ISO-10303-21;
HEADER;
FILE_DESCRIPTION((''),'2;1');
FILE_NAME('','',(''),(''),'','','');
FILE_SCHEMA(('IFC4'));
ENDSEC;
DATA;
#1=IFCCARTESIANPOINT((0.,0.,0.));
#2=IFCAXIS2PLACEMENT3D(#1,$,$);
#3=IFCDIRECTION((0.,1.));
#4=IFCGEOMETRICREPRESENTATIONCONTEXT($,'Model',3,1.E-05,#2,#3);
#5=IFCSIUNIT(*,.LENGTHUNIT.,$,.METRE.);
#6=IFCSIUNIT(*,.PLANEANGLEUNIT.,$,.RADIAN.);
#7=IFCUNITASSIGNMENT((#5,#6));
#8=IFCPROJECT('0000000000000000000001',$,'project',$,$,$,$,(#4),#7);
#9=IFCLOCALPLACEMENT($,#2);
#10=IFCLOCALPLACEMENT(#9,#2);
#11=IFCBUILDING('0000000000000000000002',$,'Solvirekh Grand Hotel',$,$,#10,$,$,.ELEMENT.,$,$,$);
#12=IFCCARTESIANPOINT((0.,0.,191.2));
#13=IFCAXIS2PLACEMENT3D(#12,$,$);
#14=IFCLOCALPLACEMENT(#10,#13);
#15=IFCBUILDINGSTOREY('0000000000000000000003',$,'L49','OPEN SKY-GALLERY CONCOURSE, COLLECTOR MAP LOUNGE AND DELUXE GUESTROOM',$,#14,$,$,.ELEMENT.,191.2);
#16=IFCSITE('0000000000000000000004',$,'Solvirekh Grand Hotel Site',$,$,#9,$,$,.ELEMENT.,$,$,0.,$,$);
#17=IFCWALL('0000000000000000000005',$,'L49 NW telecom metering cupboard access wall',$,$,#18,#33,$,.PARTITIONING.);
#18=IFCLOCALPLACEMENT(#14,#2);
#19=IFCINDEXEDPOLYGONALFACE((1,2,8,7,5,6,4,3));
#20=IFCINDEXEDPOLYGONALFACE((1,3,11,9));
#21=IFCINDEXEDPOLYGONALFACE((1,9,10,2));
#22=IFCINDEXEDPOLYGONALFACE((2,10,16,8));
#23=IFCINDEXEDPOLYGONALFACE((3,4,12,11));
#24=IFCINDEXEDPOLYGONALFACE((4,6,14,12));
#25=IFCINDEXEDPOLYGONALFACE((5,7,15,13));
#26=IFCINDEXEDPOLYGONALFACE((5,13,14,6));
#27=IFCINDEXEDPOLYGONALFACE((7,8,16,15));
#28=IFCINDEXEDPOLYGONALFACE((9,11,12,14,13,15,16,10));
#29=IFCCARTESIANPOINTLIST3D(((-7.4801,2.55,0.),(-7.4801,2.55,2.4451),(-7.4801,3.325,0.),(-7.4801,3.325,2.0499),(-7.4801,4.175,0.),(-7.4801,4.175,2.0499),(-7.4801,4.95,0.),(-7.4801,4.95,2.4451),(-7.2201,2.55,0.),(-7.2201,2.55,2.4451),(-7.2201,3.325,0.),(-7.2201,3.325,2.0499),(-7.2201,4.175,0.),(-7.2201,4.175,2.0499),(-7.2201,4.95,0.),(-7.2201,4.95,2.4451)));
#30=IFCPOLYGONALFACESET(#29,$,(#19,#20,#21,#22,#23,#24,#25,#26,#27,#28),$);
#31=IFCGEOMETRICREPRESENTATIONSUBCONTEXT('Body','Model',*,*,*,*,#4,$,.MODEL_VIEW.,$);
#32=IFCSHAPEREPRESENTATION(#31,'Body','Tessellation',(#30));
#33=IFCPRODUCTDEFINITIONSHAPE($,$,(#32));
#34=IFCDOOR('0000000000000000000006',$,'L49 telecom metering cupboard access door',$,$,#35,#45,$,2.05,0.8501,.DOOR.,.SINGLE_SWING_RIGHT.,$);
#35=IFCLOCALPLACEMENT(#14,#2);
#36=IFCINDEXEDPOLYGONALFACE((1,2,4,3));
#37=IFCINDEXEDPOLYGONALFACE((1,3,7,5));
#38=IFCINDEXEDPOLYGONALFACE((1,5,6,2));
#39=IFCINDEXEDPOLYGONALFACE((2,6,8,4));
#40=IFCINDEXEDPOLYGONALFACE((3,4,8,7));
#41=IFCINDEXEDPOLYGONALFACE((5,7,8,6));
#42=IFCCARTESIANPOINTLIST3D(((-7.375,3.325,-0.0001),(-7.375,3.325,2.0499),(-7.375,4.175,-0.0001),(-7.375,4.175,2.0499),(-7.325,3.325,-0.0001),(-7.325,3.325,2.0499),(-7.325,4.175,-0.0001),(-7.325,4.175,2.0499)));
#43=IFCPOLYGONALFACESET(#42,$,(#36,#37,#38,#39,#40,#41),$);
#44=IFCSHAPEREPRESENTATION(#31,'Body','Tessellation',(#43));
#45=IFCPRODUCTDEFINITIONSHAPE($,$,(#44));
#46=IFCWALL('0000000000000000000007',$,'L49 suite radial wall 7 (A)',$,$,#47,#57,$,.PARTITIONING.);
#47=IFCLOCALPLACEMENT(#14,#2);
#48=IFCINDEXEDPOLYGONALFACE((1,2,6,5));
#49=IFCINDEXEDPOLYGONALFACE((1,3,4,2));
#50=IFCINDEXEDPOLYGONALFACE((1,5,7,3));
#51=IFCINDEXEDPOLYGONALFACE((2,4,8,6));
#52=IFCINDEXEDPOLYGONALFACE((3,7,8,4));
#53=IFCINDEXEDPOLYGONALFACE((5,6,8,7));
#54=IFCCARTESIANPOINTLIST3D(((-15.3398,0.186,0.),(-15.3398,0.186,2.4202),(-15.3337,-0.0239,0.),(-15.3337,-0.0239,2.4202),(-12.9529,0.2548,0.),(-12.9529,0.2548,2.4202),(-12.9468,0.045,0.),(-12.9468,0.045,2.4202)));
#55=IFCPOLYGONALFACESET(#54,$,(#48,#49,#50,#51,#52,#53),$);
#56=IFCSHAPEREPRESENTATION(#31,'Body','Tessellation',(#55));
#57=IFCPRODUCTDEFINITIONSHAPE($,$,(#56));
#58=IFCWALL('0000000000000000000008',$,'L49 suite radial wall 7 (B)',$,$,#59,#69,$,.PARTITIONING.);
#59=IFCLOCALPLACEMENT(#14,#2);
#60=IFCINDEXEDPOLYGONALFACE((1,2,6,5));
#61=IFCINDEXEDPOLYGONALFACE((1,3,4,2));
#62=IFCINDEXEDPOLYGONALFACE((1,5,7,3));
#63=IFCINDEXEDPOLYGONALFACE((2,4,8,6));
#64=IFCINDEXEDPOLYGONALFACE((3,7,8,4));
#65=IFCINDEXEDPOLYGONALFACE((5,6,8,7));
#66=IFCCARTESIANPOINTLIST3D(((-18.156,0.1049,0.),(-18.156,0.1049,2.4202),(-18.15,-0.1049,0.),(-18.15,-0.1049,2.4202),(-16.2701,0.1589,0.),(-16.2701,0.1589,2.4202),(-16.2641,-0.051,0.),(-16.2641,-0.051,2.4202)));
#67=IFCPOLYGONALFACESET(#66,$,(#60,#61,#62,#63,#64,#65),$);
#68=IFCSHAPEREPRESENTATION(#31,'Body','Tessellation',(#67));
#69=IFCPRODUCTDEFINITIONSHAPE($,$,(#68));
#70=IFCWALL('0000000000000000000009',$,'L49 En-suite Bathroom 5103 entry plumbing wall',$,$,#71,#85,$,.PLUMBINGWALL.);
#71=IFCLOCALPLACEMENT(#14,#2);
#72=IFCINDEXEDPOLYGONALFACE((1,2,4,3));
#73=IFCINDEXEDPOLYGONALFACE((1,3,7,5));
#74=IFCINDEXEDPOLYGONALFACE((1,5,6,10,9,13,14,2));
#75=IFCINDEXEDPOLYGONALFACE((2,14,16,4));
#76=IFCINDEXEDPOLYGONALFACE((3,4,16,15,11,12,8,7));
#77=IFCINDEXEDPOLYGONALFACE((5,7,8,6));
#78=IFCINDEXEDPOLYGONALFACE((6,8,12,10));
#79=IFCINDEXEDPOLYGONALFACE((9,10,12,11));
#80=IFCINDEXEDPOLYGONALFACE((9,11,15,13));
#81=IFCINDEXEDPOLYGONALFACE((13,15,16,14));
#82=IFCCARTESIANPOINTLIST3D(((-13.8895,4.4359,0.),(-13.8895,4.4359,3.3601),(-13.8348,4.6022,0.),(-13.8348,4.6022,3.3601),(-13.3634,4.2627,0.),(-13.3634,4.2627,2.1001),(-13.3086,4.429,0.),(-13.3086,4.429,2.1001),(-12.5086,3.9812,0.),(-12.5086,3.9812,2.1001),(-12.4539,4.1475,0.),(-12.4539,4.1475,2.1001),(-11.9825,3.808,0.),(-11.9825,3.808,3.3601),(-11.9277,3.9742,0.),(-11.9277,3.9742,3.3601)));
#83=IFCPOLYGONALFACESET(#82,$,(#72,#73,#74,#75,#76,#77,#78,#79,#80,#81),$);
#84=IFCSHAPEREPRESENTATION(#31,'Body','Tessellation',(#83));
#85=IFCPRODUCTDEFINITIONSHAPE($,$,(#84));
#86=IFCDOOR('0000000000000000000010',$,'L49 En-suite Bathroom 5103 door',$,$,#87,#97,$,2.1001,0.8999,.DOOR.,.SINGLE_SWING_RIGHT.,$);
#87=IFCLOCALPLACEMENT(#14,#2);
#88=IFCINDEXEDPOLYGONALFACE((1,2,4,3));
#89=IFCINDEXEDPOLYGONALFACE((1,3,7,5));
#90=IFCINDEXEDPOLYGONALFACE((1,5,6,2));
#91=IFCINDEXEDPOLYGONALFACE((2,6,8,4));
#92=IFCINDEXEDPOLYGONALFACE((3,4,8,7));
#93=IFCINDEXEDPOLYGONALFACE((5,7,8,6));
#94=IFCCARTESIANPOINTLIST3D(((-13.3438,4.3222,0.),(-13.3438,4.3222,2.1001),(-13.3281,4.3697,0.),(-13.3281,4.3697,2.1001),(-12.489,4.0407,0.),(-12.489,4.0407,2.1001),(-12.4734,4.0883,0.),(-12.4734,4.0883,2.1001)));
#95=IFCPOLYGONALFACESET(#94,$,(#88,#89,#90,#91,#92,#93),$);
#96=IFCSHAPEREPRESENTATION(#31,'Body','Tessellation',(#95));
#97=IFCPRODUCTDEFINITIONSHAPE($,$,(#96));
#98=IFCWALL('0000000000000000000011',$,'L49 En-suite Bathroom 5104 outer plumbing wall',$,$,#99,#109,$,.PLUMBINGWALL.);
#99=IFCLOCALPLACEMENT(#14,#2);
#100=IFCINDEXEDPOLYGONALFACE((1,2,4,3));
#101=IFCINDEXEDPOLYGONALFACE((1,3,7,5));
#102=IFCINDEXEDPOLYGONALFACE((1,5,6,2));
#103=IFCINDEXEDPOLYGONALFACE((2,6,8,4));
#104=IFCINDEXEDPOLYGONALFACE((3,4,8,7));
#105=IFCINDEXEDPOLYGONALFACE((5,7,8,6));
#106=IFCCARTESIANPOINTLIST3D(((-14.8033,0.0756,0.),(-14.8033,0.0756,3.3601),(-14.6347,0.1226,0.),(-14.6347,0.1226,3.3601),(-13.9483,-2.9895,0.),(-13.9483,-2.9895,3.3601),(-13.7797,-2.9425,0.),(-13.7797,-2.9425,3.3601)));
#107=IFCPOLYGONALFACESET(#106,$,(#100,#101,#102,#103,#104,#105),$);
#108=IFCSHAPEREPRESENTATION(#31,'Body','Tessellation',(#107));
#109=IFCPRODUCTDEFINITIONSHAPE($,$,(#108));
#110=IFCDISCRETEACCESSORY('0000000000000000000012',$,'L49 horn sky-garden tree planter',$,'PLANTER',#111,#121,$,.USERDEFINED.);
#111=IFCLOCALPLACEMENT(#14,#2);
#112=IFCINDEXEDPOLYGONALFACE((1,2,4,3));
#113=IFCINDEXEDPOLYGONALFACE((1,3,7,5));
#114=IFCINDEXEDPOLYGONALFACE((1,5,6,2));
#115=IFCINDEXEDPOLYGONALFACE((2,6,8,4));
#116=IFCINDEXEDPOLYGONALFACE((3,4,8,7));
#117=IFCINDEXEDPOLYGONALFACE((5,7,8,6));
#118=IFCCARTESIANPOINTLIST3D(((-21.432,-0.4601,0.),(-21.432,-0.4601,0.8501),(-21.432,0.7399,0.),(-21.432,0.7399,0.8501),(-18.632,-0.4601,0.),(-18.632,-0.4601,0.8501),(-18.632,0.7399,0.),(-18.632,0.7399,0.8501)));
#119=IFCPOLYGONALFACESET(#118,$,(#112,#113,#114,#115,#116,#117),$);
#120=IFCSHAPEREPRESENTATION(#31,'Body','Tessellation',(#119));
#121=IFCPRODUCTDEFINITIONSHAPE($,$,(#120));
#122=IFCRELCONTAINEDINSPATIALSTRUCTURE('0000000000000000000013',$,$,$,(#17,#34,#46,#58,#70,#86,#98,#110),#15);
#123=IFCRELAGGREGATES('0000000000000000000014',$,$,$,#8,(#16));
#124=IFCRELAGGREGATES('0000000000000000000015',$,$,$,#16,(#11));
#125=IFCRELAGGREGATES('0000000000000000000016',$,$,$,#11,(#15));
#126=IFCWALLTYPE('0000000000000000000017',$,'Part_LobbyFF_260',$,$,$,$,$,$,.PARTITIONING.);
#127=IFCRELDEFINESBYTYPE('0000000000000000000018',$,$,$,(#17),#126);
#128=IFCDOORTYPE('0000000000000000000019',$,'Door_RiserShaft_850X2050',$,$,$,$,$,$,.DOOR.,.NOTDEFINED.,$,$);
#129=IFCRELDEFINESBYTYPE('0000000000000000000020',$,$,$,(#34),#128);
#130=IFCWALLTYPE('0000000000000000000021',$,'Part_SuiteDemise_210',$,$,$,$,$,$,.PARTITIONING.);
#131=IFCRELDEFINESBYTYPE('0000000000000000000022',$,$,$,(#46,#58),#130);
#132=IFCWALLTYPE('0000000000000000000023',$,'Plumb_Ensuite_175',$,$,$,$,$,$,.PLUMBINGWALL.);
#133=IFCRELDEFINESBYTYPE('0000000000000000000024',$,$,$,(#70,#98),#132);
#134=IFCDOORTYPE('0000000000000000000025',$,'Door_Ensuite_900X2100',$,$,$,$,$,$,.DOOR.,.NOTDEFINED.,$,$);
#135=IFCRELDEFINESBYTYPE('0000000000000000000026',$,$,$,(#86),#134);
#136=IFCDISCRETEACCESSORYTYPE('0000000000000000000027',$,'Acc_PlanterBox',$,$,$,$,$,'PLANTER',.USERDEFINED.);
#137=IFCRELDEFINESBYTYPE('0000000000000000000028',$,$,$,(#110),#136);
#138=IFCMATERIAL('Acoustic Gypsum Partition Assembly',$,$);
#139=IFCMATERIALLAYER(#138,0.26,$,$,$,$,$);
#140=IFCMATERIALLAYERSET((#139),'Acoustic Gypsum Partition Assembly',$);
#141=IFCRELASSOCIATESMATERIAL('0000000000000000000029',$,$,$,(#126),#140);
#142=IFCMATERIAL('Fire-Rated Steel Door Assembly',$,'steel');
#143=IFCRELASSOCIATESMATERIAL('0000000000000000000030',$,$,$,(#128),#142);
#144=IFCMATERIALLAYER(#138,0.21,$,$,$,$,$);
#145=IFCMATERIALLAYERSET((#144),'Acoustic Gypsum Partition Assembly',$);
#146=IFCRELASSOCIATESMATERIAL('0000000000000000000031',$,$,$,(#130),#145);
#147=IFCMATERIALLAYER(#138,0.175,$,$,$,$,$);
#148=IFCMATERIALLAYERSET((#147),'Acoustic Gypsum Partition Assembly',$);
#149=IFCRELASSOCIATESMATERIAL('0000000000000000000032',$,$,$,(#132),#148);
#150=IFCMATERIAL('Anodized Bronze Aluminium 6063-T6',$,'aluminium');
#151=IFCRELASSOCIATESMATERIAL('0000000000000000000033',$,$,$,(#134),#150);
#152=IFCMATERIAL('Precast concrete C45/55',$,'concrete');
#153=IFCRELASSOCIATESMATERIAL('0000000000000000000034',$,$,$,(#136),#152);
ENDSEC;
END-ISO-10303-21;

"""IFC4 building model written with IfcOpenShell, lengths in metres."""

from ifc_helpers import new_model, si_unit, direction, frame, frame_2d, origin, origin_2d, place, context, subcontext, project, spatial, rectangle, extrude, material, layer, layer_set, type_object, element, fill, save


model = new_model("IFC4")

# Units and contexts
model_context = context("Model", 3, precision=1e-05, world=origin(), true_north=direction((0.0, 1.0)))
body_context = subcontext(model_context, "Body", "Model", "MODEL_VIEW")
ifc_project = project(units=[si_unit("LENGTHUNIT", "METRE"), si_unit("PLANEANGLEUNIT", "RADIAN")], contexts=[model_context])

# Site, building, storey
site_placement = place(None, origin())
site = spatial("IfcSite", under=ifc_project, at=site_placement, Name="Solvirekh Grand Hotel Site", CompositionType="ELEMENT", RefElevation=0.0)
building_placement = place(site_placement, origin())
building = spatial("IfcBuilding", under=site, at=building_placement, Name="Solvirekh Grand Hotel", CompositionType="ELEMENT")
storey_placement = place(building_placement, frame((0.0, 0.0, 191.2)))
storey = spatial("IfcBuildingStorey", under=building, at=storey_placement, Name="L49", Description="OPEN SKY-GALLERY CONCOURSE, COLLECTOR MAP LOUNGE AND DELUXE GUESTROOM", CompositionType="ELEMENT", Elevation=191.2)

# Shared definitions
ifc_material_1 = material(Name="Precast concrete C45/55", Category="concrete")

# Shared definitions
ifc_material_2 = material(Name="Acoustic Gypsum Partition Assembly")

# Shared definitions
ifc_material_3 = material(Name="Fire-Rated Steel Door Assembly", Category="steel")

# Shared definitions
ifc_layer_1 = layer(ifc_material_2, 0.26)
ifc_layer_set_1 = layer_set([ifc_layer_1], Name="Acoustic Gypsum Partition Assembly")
wall_type_1 = type_object("IfcWallType", Name="Part_LobbyFF_260", PredefinedType="PARTITIONING", material=ifc_layer_set_1)

# Wall, opening, door
wall_1_placement = place(storey_placement, frame((-7.3501, 2.55, 0.0), z_axis=(0.0, 0.0, 1.0), x_axis=(0.0, 1.0, 0.0)))
wall_1 = element("IfcWall", 1, at=wall_1_placement, inside=storey, type_object=wall_type_1, Name="L49 NW telecom metering cupboard access wall", PredefinedType="PARTITIONING", context=body_context, shape_type="SweptSolid", body=[
    extrude(rectangle(XDim=2.3999, YDim=0.26, at=frame_2d((1.2, 0.0))), origin(), (0.0, 0.0, 1.0), 2.4451),
])
opening_1_placement = place(wall_1_placement, frame((0.7749, 0.0, 0.0)))
opening_1 = element("IfcOpeningElement", 2, at=opening_1_placement, cuts=wall_1, PredefinedType="OPENING", context=body_context, shape_type="SweptSolid", body=[
    extrude(rectangle(XDim=0.8501, YDim=2.05, at=frame_2d((0.425, 1.0249))), frame((0.0, 0.1401, 0.0), z_axis=(0.0, -1.0, 0.0), x_axis=(1.0, 0.0, 0.0)), (0.0, 0.0, 1.0), 0.28),
])
door_type_1 = type_object("IfcDoorType", Name="Door_RiserShaft_850X2050", OperationType="NOTDEFINED", PredefinedType="DOOR", material=ifc_material_3)
door_1_placement = place(opening_1_placement, origin())
door_1 = element("IfcDoor", 3, at=door_1_placement, inside=storey, type_object=door_type_1, Name="L49 telecom metering cupboard access door", OperationType="SINGLE_SWING_RIGHT", OverallHeight=2.05, OverallWidth=0.8501, PredefinedType="DOOR", context=body_context, shape_type="SweptSolid", body=[
    extrude(rectangle(XDim=0.8501, YDim=2.05, at=frame_2d((0.425, 1.0249))), frame((0.0, 0.0249, 0.0), z_axis=(0.0, -1.0, 0.0), x_axis=(1.0, 0.0, 0.0)), (0.0, 0.0, 1.0), 0.05),
])
fill(opening_1, door_1)

# Walls
ifc_layer_2 = layer(ifc_material_2, 0.21)
ifc_layer_set_2 = layer_set([ifc_layer_2], Name="Acoustic Gypsum Partition Assembly")
wall_type_2 = type_object("IfcWallType", Name="Part_SuiteDemise_210", PredefinedType="PARTITIONING", material=ifc_layer_set_2)
wall_2_placement = place(storey_placement, frame((-12.95, 0.1499, 0.0), z_axis=(0.0, 0.0, 1.0), x_axis=(-0.999584, -0.028831, 0.0)))
element("IfcWall", 4, at=wall_2_placement, inside=storey, type_object=wall_type_2, Name="L49 suite radial wall 7 (A)", PredefinedType="PARTITIONING", context=body_context, shape_type="SweptSolid", body=[
    extrude(rectangle(XDim=2.3879, YDim=0.21, at=frame_2d((1.1938, 0.0))), origin(), (0.0, 0.0, 1.0), 2.4202),
])
wall_3_placement = place(storey_placement, frame((-16.2671, 0.054, 0.0), z_axis=(0.0, 0.0, 1.0), x_axis=(-0.999591, -0.028597, 0.0)))
element("IfcWall", 5, at=wall_3_placement, inside=storey, type_object=wall_type_2, Name="L49 suite radial wall 7 (B)", PredefinedType="PARTITIONING", context=body_context, shape_type="SweptSolid", body=[
    extrude(rectangle(XDim=1.8867, YDim=0.21, at=frame_2d((0.9434, 0.0))), origin(), (0.0, 0.0, 1.0), 2.4202),
])

# Wall, opening, door
ifc_layer_3 = layer(ifc_material_2, 0.175)
ifc_layer_set_3 = layer_set([ifc_layer_3], Name="Acoustic Gypsum Partition Assembly")
wall_type_3 = type_object("IfcWallType", Name="Plumb_Ensuite_175", PredefinedType="PLUMBINGWALL", material=ifc_layer_set_3)
wall_4_placement = place(storey_placement, frame((-11.9551, 3.8911, 0.0), z_axis=(0.0, 0.0, 1.0), x_axis=(-0.949832, 0.31276, 0.0)))
wall_4 = element("IfcWall", 6, at=wall_4_placement, inside=storey, type_object=wall_type_3, Name="L49 En-suite Bathroom 5103 entry plumbing wall", PredefinedType="PLUMBINGWALL", context=body_context, shape_type="SweptSolid", body=[
    extrude(rectangle(XDim=2.0078, YDim=0.175, at=frame_2d((1.0039, 0.0))), origin(), (0.0, 0.0, 1.0), 3.3601),
])
opening_2_placement = place(wall_4_placement, frame((0.554, 0.0, 0.0)))
opening_2 = element("IfcOpeningElement", 7, at=opening_2_placement, cuts=wall_4, PredefinedType="OPENING", context=body_context, shape_type="SweptSolid", body=[
    extrude(rectangle(XDim=0.8999, YDim=2.1001, at=frame_2d((0.45, 1.05))), frame((0.0, 0.0977, 0.0), z_axis=(0.0, -1.0, 0.0), x_axis=(1.0, 0.0, 0.0)), (0.0, 0.0, 1.0), 0.1951),
])
ifc_material_4 = material(Name="Anodized Bronze Aluminium 6063-T6", Category="aluminium")
door_type_2 = type_object("IfcDoorType", Name="Door_Ensuite_900X2100", OperationType="NOTDEFINED", PredefinedType="DOOR", material=ifc_material_4)
door_2_placement = place(opening_2_placement, origin())
door_2 = element("IfcDoor", 8, at=door_2_placement, inside=storey, type_object=door_type_2, Name="L49 En-suite Bathroom 5103 door", OperationType="SINGLE_SWING_RIGHT", OverallHeight=2.1001, OverallWidth=0.8999, PredefinedType="DOOR", context=body_context, shape_type="SweptSolid", body=[
    extrude(rectangle(XDim=0.8999, YDim=2.1001, at=frame_2d((0.45, 1.05))), frame((0.0, 0.0249, 0.0), z_axis=(0.0, -1.0, 0.0), x_axis=(1.0, 0.0, 0.0)), (0.0, 0.0, 1.0), 0.05),
])
fill(opening_2, door_2)

# Wall
wall_5_placement = place(storey_placement, frame((-14.719, 0.0991, 0.0), z_axis=(0.0, 0.0, 1.0), x_axis=(0.268676, -0.96323, 0.0)))
element("IfcWall", 9, at=wall_5_placement, inside=storey, type_object=wall_type_3, Name="L49 En-suite Bathroom 5104 outer plumbing wall", PredefinedType="PLUMBINGWALL", context=body_context, shape_type="SweptSolid", body=[
    extrude(rectangle(XDim=3.1821, YDim=0.175, at=frame_2d((1.5911, 0.0))), origin(), (0.0, 0.0, 1.0), 3.3601),
])

# Discrete accessory
discrete_accessory_type = type_object("IfcDiscreteAccessoryType", Name="Acc_PlanterBox", ElementType="PLANTER", PredefinedType="USERDEFINED", material=ifc_material_1)
discrete_accessory_placement = place(storey_placement, frame((-20.032, 0.1399, 0.0), z_axis=(0.0, 0.0, 1.0), x_axis=(0.0, 1.0, 0.0)))
element("IfcDiscreteAccessory", 10, at=discrete_accessory_placement, inside=storey, type_object=discrete_accessory_type, Name="L49 horn sky-garden tree planter", ObjectType="PLANTER", PredefinedType="USERDEFINED", context=body_context, shape_type="SweptSolid", body=[
    extrude(rectangle(XDim=1.2, YDim=2.8, at=origin_2d()), origin(), (0.0, 0.0, 1.0), 0.8501),
])

save(model, "model.ifc")
